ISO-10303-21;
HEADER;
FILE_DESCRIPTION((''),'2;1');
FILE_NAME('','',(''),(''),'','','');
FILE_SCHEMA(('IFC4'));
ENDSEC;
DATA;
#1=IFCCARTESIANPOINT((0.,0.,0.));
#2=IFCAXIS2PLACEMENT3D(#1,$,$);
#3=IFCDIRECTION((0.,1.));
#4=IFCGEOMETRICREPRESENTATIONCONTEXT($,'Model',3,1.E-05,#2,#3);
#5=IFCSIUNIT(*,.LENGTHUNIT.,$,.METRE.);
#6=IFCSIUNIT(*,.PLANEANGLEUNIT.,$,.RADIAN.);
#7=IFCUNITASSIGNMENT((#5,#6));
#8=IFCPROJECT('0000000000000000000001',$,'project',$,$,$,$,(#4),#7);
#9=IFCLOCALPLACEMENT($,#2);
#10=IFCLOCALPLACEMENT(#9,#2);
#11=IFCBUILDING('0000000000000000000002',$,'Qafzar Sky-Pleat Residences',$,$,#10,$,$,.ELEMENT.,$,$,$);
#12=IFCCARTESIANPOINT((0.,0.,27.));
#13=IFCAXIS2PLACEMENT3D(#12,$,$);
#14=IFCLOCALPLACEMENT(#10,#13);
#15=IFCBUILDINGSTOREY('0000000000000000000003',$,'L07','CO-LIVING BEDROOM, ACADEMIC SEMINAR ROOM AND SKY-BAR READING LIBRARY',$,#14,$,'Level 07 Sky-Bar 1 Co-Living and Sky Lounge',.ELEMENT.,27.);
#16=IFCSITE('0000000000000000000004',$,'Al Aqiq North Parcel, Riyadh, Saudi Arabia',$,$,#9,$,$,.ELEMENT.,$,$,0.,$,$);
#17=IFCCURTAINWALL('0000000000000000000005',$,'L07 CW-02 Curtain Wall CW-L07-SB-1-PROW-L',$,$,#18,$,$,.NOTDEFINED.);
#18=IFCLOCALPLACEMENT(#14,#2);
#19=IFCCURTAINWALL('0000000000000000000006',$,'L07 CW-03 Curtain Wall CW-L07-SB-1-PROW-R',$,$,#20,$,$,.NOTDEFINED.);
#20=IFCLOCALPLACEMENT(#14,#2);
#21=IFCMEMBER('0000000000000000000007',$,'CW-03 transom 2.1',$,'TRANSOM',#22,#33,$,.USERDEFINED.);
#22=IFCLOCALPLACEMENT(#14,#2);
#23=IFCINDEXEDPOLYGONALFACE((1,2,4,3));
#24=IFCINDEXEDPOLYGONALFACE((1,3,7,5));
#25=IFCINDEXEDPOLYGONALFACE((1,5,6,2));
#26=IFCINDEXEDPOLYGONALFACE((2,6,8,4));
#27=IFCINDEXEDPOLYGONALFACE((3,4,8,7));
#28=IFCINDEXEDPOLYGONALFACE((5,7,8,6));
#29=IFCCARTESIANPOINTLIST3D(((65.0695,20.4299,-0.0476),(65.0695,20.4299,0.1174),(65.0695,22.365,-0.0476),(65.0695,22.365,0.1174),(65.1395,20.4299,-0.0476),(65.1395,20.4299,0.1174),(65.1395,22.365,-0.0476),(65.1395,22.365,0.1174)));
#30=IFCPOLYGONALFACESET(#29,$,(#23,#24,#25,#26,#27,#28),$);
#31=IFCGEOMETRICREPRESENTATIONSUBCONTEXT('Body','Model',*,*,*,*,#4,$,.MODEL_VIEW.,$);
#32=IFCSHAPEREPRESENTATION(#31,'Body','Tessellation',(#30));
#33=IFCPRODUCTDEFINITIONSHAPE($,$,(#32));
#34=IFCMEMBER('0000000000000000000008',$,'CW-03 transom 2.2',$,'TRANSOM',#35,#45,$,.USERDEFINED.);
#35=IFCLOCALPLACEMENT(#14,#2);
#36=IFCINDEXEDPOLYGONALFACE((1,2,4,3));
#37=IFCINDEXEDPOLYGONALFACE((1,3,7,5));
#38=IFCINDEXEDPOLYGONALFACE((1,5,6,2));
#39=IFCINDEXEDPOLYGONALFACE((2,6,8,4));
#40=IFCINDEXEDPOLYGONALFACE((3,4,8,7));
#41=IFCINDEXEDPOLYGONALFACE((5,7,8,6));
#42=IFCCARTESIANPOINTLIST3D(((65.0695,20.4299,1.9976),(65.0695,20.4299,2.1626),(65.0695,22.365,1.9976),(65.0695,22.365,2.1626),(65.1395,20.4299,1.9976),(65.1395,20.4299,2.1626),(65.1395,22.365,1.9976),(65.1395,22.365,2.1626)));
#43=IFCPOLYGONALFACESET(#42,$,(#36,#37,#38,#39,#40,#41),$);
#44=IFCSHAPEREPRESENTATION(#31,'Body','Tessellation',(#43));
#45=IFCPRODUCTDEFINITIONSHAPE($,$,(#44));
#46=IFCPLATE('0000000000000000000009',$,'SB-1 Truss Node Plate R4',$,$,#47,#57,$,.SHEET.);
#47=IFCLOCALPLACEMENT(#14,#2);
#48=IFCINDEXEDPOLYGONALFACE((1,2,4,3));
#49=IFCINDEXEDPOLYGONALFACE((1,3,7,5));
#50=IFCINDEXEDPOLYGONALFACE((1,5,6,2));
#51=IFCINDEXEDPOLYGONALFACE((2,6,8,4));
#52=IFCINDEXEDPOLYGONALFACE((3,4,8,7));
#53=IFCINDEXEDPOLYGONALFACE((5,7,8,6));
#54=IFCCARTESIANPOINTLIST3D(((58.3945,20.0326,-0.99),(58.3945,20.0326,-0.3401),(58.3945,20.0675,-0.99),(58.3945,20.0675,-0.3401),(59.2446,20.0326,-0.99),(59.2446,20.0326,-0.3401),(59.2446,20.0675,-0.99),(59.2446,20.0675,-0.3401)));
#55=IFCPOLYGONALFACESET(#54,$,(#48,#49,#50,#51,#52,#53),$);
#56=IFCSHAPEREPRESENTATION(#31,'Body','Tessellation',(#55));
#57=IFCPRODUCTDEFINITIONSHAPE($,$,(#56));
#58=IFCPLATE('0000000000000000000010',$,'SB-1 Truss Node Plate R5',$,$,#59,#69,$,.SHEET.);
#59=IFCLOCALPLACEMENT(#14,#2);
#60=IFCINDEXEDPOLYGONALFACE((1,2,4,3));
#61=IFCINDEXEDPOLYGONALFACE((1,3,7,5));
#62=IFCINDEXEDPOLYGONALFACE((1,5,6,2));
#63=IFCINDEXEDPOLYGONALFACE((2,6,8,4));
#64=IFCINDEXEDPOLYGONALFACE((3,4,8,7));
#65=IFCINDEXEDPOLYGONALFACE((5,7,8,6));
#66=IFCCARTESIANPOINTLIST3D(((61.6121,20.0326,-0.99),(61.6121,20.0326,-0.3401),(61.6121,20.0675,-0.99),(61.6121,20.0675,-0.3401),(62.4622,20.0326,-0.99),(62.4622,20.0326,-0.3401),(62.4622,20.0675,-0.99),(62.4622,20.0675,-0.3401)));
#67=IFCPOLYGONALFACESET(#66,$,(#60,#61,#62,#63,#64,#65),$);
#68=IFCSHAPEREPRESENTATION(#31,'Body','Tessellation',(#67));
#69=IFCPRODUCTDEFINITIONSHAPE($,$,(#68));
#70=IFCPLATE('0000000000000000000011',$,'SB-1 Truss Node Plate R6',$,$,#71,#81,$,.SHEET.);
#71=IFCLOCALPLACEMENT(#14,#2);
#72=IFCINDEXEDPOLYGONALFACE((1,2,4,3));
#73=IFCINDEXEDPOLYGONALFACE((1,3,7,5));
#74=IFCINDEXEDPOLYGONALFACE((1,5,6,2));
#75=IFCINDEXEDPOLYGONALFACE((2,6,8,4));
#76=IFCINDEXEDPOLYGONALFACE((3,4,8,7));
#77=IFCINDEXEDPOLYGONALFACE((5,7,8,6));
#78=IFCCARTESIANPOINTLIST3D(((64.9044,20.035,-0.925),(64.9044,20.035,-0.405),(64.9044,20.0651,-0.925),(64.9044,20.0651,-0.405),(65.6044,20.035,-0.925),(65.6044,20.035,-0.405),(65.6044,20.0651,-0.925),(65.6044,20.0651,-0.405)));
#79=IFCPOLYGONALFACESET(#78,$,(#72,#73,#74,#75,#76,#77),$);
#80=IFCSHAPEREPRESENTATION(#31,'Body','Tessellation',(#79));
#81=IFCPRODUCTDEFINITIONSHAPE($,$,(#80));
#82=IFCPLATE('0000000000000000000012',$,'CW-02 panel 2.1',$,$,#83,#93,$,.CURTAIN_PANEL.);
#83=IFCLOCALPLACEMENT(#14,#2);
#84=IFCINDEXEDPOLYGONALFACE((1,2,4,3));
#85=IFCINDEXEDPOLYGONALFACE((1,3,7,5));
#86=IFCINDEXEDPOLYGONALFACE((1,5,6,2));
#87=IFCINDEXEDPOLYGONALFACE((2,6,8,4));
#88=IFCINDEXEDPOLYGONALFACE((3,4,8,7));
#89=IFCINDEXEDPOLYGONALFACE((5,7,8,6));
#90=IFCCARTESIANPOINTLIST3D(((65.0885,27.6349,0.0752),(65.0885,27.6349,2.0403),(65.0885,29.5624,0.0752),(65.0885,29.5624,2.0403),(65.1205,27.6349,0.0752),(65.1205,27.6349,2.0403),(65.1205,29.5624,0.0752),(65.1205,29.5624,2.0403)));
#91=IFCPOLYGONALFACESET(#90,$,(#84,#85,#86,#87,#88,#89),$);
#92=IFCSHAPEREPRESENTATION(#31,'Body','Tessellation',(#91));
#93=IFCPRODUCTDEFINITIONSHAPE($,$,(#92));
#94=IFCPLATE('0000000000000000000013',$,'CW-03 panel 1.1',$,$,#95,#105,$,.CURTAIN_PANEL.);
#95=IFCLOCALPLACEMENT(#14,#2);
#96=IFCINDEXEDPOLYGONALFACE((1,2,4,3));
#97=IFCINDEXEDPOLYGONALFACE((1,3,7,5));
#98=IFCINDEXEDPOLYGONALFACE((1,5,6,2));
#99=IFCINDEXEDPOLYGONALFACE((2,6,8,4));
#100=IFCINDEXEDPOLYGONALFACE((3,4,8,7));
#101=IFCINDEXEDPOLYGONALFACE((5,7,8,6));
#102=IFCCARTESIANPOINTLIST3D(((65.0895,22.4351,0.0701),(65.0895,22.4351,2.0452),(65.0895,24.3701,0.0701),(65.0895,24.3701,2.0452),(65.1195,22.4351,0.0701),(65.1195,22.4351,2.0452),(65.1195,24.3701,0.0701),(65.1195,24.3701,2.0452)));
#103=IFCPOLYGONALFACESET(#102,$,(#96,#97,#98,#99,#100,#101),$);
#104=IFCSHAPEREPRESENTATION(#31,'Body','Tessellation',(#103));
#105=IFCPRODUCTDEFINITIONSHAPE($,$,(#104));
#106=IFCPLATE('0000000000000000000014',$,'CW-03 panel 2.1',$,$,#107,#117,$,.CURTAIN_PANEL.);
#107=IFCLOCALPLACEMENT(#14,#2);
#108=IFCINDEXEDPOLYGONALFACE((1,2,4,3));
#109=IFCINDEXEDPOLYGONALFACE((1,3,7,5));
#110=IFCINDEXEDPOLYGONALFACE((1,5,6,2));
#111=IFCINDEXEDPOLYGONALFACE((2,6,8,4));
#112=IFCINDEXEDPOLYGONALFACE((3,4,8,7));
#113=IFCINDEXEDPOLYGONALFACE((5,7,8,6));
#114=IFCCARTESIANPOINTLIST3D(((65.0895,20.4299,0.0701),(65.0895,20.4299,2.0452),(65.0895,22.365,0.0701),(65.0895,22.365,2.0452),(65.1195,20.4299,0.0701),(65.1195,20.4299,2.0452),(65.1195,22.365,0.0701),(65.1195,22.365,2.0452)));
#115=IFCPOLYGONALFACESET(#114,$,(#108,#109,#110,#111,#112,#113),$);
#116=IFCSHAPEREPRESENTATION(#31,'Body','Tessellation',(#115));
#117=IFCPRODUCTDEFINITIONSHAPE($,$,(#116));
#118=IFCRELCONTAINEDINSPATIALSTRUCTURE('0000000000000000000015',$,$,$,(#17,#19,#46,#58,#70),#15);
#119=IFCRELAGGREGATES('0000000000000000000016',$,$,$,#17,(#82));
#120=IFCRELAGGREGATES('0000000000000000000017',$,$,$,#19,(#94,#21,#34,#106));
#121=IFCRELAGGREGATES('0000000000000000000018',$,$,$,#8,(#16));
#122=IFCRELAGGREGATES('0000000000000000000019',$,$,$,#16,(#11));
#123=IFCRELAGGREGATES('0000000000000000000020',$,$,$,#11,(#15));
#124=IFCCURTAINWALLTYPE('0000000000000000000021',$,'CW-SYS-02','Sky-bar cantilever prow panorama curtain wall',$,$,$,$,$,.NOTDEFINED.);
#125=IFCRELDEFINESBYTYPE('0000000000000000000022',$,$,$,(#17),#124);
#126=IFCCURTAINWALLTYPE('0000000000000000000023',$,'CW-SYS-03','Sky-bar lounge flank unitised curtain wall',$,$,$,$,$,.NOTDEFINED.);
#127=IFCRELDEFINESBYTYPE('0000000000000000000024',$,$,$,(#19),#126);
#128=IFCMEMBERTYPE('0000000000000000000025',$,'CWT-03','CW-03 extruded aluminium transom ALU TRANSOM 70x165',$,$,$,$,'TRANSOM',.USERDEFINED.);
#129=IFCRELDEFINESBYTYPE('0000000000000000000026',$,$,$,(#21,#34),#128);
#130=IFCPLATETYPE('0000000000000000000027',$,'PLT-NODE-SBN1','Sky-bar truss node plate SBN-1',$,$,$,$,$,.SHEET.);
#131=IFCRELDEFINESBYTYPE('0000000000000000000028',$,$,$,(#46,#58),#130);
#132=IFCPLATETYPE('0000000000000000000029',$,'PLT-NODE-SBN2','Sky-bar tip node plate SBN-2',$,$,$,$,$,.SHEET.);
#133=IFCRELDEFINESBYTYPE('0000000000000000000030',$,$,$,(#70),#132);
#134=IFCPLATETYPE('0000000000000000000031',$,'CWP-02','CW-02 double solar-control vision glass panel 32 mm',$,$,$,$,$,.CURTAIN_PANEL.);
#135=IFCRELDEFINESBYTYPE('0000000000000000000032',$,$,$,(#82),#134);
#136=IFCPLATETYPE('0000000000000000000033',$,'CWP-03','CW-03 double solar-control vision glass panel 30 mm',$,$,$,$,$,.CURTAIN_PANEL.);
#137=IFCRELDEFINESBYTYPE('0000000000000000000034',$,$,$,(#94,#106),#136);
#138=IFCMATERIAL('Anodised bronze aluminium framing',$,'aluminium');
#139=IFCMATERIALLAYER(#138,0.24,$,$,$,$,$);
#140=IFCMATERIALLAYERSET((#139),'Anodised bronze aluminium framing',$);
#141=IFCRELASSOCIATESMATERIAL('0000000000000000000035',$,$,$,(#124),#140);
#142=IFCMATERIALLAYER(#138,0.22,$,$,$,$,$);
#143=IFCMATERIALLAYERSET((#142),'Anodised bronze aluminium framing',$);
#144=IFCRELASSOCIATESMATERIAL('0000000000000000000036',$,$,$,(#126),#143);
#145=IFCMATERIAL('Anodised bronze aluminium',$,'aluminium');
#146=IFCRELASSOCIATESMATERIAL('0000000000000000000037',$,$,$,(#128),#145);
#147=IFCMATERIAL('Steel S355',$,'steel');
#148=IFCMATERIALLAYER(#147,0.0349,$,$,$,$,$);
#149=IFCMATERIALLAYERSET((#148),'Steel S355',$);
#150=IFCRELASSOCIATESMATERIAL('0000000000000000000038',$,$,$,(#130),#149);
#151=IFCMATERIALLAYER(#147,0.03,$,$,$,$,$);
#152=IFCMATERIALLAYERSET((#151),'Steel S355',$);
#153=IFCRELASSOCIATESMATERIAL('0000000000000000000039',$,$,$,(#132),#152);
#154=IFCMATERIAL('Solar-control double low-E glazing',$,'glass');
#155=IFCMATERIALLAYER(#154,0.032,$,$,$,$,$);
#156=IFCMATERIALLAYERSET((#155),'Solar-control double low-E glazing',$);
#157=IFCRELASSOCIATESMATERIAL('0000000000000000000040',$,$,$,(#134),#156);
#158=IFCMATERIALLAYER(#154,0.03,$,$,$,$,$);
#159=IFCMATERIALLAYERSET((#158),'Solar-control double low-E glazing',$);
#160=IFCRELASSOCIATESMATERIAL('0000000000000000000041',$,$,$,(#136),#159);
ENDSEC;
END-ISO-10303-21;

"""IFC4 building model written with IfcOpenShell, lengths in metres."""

from ifc_helpers import new_model, si_unit, direction, frame, origin, origin_2d, place, context, subcontext, project, spatial, rectangle, extrude, source, transform, mapped, material, layer, layer_set, material_profile, profile_set, type_object, element, aggregate, save


model = new_model("IFC4")

# Units and contexts
model_context = context("Model", 3, precision=1e-05, world=origin(), true_north=direction((0.0, 1.0)))
body_context = subcontext(model_context, "Body", "Model", "MODEL_VIEW")
ifc_project = project(units=[si_unit("LENGTHUNIT", "METRE"), si_unit("PLANEANGLEUNIT", "RADIAN")], contexts=[model_context])

# Site, building, storey
site_placement = place(None, origin())
site = spatial("IfcSite", under=ifc_project, at=site_placement, Name="Al Aqiq North Parcel, Riyadh, Saudi Arabia", CompositionType="ELEMENT", RefElevation=0.0)
building_placement = place(site_placement, origin())
building = spatial("IfcBuilding", under=site, at=building_placement, Name="Qafzar Sky-Pleat Residences", CompositionType="ELEMENT")
storey_placement = place(building_placement, frame((0.0, 0.0, 27.0)))
storey = spatial("IfcBuildingStorey", under=building, at=storey_placement, Name="L07", Description="CO-LIVING BEDROOM, ACADEMIC SEMINAR ROOM AND SKY-BAR READING LIBRARY", LongName="Level 07 Sky-Bar 1 Co-Living and Sky Lounge", CompositionType="ELEMENT", Elevation=27.0)

# Shared definitions
ifc_material_1 = material(Name="Steel S355", Category="steel")

# Curtain wall
ifc_material_2 = material(Name="Anodised bronze aluminium framing", Category="aluminium")
ifc_layer_1 = layer(ifc_material_2, 0.24)
ifc_layer_set_1 = layer_set([ifc_layer_1], Name="Anodised bronze aluminium framing")
curtain_wall_type_1 = type_object("IfcCurtainWallType", Name="CW-SYS-02", Description="Sky-bar cantilever prow panorama curtain wall", PredefinedType="NOTDEFINED", material=ifc_layer_set_1)
curtain_wall_1_placement = place(storey_placement, origin())
curtain_wall_1 = element("IfcCurtainWall", 1, at=curtain_wall_1_placement, inside=storey, type_object=curtain_wall_type_1, Name="L07 CW-02 Curtain Wall CW-L07-SB-1-PROW-L", PredefinedType="NOTDEFINED")
ifc_material_3 = material(Name="Anodised bronze aluminium", Category="aluminium")

# Curtain wall, members
ifc_layer_2 = layer(ifc_material_2, 0.22)
ifc_layer_set_2 = layer_set([ifc_layer_2], Name="Anodised bronze aluminium framing")
curtain_wall_type_2 = type_object("IfcCurtainWallType", Name="CW-SYS-03", Description="Sky-bar lounge flank unitised curtain wall", PredefinedType="NOTDEFINED", material=ifc_layer_set_2)
curtain_wall_2_placement = place(storey_placement, origin())
curtain_wall_2 = element("IfcCurtainWall", 2, at=curtain_wall_2_placement, inside=storey, type_object=curtain_wall_type_2, Name="L07 CW-03 Curtain Wall CW-L07-SB-1-PROW-R", PredefinedType="NOTDEFINED")
ifc_material_profile_1 = material_profile(ifc_material_3, rectangle(XDim=0.0701, YDim=0.165, at=origin_2d()), Name="ALU TRANSOM 70x165")
ifc_profile_set_1 = profile_set([ifc_material_profile_1], Name="Anodised bronze aluminium")
member_type_1 = type_object("IfcMemberType", Name="CWT-03", Description="CW-03 extruded aluminium transom ALU TRANSOM 70x165", ElementType="TRANSOM", PredefinedType="USERDEFINED", material=ifc_profile_set_1)
shared_shape_1 = source(origin(), body_context, "Body", "SweptSolid", [
    extrude(rectangle(XDim=0.0701, YDim=0.165, at=origin_2d()), origin(), (0.0, 0.0, 1.0), 1.9351),
])
member_1_placement = place(storey_placement, frame((65.1045, 22.365, 0.0349), z_axis=(0.0, -1.0, 0.0), x_axis=(1.0, 0.0, 0.0)))
member_1 = element("IfcMember", 3, at=member_1_placement, type_object=member_type_1, Name="CW-03 transom 2.1", ObjectType="TRANSOM", PredefinedType="USERDEFINED", context=body_context, shape_type="MappedRepresentation", body=[
    mapped(shared_shape_1, transform((0.0, 0.0, 0.0), x_axis=(1.0, 0.0, 0.0), y_axis=(0.0, 1.0, 0.0), z_axis=(0.0, 0.0, 1.0), scale=1.0)),
])
member_2_placement = place(storey_placement, frame((65.1045, 22.365, 2.0801), z_axis=(0.0, -1.0, 0.0), x_axis=(1.0, 0.0, 0.0)))
member_2 = element("IfcMember", 4, at=member_2_placement, type_object=member_type_1, Name="CW-03 transom 2.2", ObjectType="TRANSOM", PredefinedType="USERDEFINED", context=body_context, shape_type="MappedRepresentation", body=[
    mapped(shared_shape_1, transform((0.0, 0.0, 0.0), x_axis=(1.0, 0.0, 0.0), y_axis=(0.0, 1.0, 0.0), z_axis=(0.0, 0.0, 1.0), scale=1.0)),
])

# Plates
ifc_layer_3 = layer(ifc_material_1, 0.0349)
ifc_layer_set_3 = layer_set([ifc_layer_3], Name="Steel S355")
plate_type_1 = type_object("IfcPlateType", Name="PLT-NODE-SBN1", Description="Sky-bar truss node plate SBN-1", PredefinedType="SHEET", material=ifc_layer_set_3)
shared_shape_2 = source(origin(), body_context, "Body", "SweptSolid", [
    extrude(rectangle(XDim=0.8501, YDim=0.0349, at=origin_2d()), origin(), (0.0, 0.0, 1.0), 0.6499),
])
for number, where, z_axis, x_axis, name in (
    (5, (58.8196, 20.05, -0.99), (0.0, 0.0, 1.0), (1.0, 0.0, 0.0), "SB-1 Truss Node Plate R4"),
    (6, (62.0371, 20.05, -0.99), (0.0, 0.0, 1.0), (1.0, 0.0, 0.0), "SB-1 Truss Node Plate R5"),
):
    element("IfcPlate", number, at=place(storey_placement, frame(where, z_axis=z_axis, x_axis=x_axis)), inside=storey, type_object=plate_type_1, Name=name, PredefinedType="SHEET", context=body_context, shape_type="MappedRepresentation", body=[
        mapped(shared_shape_2, transform((0.0, 0.0, 0.0), x_axis=(1.0, 0.0, 0.0), y_axis=(0.0, 1.0, 0.0), z_axis=(0.0, 0.0, 1.0), scale=1.0)),
    ])
ifc_layer_4 = layer(ifc_material_1, 0.03)
ifc_layer_set_4 = layer_set([ifc_layer_4], Name="Steel S355")
plate_type_2 = type_object("IfcPlateType", Name="PLT-NODE-SBN2", Description="Sky-bar tip node plate SBN-2", PredefinedType="SHEET", material=ifc_layer_set_4)
shared_shape_3 = source(origin(), body_context, "Body", "SweptSolid", [
    extrude(rectangle(XDim=0.7, YDim=0.03, at=origin_2d()), origin(), (0.0, 0.0, 1.0), 0.52),
])
plate_1_placement = place(storey_placement, frame((65.2544, 20.05, -0.925), z_axis=(0.0, 0.0, 1.0), x_axis=(1.0, 0.0, 0.0)))
element("IfcPlate", 7, at=plate_1_placement, inside=storey, type_object=plate_type_2, Name="SB-1 Truss Node Plate R6", PredefinedType="SHEET", context=body_context, shape_type="MappedRepresentation", body=[
    mapped(shared_shape_3, transform((0.0, 0.0, 0.0), x_axis=(1.0, 0.0, 0.0), y_axis=(0.0, 1.0, 0.0), z_axis=(0.0, 0.0, 1.0), scale=1.0)),
])

# Plates
ifc_material_4 = material(Name="Solar-control double low-E glazing", Category="glass")
ifc_layer_5 = layer(ifc_material_4, 0.032)
ifc_layer_set_5 = layer_set([ifc_layer_5], Name="Solar-control double low-E glazing")
plate_type_3 = type_object("IfcPlateType", Name="CWP-02", Description="CW-02 double solar-control vision glass panel 32 mm", PredefinedType="CURTAIN_PANEL", material=ifc_layer_set_5)
shared_shape_4 = source(origin(), body_context, "Body", "SweptSolid", [
    extrude(rectangle(XDim=1.9275, YDim=0.032, at=origin_2d()), origin(), (0.0, 0.0, 1.0), 1.9651),
])
plate_2_placement = place(storey_placement, frame((65.1045, 28.5986, 0.0752), z_axis=(0.0, 0.0, 1.0), x_axis=(0.0, -1.0, 0.0)))
plate_2 = element("IfcPlate", 8, at=plate_2_placement, type_object=plate_type_3, Name="CW-02 panel 2.1", PredefinedType="CURTAIN_PANEL", context=body_context, shape_type="MappedRepresentation", body=[
    mapped(shared_shape_4, transform((0.0, 0.0, 0.0), x_axis=(1.0, 0.0, 0.0), y_axis=(0.0, 1.0, 0.0), z_axis=(0.0, 0.0, 1.0), scale=1.0)),
])
aggregate(curtain_wall_1, [plate_2])
ifc_layer_6 = layer(ifc_material_4, 0.03)
ifc_layer_set_6 = layer_set([ifc_layer_6], Name="Solar-control double low-E glazing")
plate_type_4 = type_object("IfcPlateType", Name="CWP-03", Description="CW-03 double solar-control vision glass panel 30 mm", PredefinedType="CURTAIN_PANEL", material=ifc_layer_set_6)
shared_shape_5 = source(origin(), body_context, "Body", "SweptSolid", [
    extrude(rectangle(XDim=1.9351, YDim=0.03, at=origin_2d()), origin(), (0.0, 0.0, 1.0), 1.9751),
])
plate_3_placement = place(storey_placement, frame((65.1045, 23.4026, 0.0701), z_axis=(0.0, 0.0, 1.0), x_axis=(0.0, -1.0, 0.0)))
plate_3 = element("IfcPlate", 9, at=plate_3_placement, type_object=plate_type_4, Name="CW-03 panel 1.1", PredefinedType="CURTAIN_PANEL", context=body_context, shape_type="MappedRepresentation", body=[
    mapped(shared_shape_5, transform((0.0, 0.0, 0.0), x_axis=(1.0, 0.0, 0.0), y_axis=(0.0, 1.0, 0.0), z_axis=(0.0, 0.0, 1.0), scale=1.0)),
])
plate_4_placement = place(storey_placement, frame((65.1045, 21.3975, 0.0701), z_axis=(0.0, 0.0, 1.0), x_axis=(0.0, -1.0, 0.0)))
plate_4 = element("IfcPlate", 10, at=plate_4_placement, type_object=plate_type_4, Name="CW-03 panel 2.1", PredefinedType="CURTAIN_PANEL", context=body_context, shape_type="MappedRepresentation", body=[
    mapped(shared_shape_5, transform((0.0, 0.0, 0.0), x_axis=(1.0, 0.0, 0.0), y_axis=(0.0, 1.0, 0.0), z_axis=(0.0, 0.0, 1.0), scale=1.0)),
])
aggregate(curtain_wall_2, [plate_3, member_1, member_2, plate_4])

save(model, "model.ifc")
